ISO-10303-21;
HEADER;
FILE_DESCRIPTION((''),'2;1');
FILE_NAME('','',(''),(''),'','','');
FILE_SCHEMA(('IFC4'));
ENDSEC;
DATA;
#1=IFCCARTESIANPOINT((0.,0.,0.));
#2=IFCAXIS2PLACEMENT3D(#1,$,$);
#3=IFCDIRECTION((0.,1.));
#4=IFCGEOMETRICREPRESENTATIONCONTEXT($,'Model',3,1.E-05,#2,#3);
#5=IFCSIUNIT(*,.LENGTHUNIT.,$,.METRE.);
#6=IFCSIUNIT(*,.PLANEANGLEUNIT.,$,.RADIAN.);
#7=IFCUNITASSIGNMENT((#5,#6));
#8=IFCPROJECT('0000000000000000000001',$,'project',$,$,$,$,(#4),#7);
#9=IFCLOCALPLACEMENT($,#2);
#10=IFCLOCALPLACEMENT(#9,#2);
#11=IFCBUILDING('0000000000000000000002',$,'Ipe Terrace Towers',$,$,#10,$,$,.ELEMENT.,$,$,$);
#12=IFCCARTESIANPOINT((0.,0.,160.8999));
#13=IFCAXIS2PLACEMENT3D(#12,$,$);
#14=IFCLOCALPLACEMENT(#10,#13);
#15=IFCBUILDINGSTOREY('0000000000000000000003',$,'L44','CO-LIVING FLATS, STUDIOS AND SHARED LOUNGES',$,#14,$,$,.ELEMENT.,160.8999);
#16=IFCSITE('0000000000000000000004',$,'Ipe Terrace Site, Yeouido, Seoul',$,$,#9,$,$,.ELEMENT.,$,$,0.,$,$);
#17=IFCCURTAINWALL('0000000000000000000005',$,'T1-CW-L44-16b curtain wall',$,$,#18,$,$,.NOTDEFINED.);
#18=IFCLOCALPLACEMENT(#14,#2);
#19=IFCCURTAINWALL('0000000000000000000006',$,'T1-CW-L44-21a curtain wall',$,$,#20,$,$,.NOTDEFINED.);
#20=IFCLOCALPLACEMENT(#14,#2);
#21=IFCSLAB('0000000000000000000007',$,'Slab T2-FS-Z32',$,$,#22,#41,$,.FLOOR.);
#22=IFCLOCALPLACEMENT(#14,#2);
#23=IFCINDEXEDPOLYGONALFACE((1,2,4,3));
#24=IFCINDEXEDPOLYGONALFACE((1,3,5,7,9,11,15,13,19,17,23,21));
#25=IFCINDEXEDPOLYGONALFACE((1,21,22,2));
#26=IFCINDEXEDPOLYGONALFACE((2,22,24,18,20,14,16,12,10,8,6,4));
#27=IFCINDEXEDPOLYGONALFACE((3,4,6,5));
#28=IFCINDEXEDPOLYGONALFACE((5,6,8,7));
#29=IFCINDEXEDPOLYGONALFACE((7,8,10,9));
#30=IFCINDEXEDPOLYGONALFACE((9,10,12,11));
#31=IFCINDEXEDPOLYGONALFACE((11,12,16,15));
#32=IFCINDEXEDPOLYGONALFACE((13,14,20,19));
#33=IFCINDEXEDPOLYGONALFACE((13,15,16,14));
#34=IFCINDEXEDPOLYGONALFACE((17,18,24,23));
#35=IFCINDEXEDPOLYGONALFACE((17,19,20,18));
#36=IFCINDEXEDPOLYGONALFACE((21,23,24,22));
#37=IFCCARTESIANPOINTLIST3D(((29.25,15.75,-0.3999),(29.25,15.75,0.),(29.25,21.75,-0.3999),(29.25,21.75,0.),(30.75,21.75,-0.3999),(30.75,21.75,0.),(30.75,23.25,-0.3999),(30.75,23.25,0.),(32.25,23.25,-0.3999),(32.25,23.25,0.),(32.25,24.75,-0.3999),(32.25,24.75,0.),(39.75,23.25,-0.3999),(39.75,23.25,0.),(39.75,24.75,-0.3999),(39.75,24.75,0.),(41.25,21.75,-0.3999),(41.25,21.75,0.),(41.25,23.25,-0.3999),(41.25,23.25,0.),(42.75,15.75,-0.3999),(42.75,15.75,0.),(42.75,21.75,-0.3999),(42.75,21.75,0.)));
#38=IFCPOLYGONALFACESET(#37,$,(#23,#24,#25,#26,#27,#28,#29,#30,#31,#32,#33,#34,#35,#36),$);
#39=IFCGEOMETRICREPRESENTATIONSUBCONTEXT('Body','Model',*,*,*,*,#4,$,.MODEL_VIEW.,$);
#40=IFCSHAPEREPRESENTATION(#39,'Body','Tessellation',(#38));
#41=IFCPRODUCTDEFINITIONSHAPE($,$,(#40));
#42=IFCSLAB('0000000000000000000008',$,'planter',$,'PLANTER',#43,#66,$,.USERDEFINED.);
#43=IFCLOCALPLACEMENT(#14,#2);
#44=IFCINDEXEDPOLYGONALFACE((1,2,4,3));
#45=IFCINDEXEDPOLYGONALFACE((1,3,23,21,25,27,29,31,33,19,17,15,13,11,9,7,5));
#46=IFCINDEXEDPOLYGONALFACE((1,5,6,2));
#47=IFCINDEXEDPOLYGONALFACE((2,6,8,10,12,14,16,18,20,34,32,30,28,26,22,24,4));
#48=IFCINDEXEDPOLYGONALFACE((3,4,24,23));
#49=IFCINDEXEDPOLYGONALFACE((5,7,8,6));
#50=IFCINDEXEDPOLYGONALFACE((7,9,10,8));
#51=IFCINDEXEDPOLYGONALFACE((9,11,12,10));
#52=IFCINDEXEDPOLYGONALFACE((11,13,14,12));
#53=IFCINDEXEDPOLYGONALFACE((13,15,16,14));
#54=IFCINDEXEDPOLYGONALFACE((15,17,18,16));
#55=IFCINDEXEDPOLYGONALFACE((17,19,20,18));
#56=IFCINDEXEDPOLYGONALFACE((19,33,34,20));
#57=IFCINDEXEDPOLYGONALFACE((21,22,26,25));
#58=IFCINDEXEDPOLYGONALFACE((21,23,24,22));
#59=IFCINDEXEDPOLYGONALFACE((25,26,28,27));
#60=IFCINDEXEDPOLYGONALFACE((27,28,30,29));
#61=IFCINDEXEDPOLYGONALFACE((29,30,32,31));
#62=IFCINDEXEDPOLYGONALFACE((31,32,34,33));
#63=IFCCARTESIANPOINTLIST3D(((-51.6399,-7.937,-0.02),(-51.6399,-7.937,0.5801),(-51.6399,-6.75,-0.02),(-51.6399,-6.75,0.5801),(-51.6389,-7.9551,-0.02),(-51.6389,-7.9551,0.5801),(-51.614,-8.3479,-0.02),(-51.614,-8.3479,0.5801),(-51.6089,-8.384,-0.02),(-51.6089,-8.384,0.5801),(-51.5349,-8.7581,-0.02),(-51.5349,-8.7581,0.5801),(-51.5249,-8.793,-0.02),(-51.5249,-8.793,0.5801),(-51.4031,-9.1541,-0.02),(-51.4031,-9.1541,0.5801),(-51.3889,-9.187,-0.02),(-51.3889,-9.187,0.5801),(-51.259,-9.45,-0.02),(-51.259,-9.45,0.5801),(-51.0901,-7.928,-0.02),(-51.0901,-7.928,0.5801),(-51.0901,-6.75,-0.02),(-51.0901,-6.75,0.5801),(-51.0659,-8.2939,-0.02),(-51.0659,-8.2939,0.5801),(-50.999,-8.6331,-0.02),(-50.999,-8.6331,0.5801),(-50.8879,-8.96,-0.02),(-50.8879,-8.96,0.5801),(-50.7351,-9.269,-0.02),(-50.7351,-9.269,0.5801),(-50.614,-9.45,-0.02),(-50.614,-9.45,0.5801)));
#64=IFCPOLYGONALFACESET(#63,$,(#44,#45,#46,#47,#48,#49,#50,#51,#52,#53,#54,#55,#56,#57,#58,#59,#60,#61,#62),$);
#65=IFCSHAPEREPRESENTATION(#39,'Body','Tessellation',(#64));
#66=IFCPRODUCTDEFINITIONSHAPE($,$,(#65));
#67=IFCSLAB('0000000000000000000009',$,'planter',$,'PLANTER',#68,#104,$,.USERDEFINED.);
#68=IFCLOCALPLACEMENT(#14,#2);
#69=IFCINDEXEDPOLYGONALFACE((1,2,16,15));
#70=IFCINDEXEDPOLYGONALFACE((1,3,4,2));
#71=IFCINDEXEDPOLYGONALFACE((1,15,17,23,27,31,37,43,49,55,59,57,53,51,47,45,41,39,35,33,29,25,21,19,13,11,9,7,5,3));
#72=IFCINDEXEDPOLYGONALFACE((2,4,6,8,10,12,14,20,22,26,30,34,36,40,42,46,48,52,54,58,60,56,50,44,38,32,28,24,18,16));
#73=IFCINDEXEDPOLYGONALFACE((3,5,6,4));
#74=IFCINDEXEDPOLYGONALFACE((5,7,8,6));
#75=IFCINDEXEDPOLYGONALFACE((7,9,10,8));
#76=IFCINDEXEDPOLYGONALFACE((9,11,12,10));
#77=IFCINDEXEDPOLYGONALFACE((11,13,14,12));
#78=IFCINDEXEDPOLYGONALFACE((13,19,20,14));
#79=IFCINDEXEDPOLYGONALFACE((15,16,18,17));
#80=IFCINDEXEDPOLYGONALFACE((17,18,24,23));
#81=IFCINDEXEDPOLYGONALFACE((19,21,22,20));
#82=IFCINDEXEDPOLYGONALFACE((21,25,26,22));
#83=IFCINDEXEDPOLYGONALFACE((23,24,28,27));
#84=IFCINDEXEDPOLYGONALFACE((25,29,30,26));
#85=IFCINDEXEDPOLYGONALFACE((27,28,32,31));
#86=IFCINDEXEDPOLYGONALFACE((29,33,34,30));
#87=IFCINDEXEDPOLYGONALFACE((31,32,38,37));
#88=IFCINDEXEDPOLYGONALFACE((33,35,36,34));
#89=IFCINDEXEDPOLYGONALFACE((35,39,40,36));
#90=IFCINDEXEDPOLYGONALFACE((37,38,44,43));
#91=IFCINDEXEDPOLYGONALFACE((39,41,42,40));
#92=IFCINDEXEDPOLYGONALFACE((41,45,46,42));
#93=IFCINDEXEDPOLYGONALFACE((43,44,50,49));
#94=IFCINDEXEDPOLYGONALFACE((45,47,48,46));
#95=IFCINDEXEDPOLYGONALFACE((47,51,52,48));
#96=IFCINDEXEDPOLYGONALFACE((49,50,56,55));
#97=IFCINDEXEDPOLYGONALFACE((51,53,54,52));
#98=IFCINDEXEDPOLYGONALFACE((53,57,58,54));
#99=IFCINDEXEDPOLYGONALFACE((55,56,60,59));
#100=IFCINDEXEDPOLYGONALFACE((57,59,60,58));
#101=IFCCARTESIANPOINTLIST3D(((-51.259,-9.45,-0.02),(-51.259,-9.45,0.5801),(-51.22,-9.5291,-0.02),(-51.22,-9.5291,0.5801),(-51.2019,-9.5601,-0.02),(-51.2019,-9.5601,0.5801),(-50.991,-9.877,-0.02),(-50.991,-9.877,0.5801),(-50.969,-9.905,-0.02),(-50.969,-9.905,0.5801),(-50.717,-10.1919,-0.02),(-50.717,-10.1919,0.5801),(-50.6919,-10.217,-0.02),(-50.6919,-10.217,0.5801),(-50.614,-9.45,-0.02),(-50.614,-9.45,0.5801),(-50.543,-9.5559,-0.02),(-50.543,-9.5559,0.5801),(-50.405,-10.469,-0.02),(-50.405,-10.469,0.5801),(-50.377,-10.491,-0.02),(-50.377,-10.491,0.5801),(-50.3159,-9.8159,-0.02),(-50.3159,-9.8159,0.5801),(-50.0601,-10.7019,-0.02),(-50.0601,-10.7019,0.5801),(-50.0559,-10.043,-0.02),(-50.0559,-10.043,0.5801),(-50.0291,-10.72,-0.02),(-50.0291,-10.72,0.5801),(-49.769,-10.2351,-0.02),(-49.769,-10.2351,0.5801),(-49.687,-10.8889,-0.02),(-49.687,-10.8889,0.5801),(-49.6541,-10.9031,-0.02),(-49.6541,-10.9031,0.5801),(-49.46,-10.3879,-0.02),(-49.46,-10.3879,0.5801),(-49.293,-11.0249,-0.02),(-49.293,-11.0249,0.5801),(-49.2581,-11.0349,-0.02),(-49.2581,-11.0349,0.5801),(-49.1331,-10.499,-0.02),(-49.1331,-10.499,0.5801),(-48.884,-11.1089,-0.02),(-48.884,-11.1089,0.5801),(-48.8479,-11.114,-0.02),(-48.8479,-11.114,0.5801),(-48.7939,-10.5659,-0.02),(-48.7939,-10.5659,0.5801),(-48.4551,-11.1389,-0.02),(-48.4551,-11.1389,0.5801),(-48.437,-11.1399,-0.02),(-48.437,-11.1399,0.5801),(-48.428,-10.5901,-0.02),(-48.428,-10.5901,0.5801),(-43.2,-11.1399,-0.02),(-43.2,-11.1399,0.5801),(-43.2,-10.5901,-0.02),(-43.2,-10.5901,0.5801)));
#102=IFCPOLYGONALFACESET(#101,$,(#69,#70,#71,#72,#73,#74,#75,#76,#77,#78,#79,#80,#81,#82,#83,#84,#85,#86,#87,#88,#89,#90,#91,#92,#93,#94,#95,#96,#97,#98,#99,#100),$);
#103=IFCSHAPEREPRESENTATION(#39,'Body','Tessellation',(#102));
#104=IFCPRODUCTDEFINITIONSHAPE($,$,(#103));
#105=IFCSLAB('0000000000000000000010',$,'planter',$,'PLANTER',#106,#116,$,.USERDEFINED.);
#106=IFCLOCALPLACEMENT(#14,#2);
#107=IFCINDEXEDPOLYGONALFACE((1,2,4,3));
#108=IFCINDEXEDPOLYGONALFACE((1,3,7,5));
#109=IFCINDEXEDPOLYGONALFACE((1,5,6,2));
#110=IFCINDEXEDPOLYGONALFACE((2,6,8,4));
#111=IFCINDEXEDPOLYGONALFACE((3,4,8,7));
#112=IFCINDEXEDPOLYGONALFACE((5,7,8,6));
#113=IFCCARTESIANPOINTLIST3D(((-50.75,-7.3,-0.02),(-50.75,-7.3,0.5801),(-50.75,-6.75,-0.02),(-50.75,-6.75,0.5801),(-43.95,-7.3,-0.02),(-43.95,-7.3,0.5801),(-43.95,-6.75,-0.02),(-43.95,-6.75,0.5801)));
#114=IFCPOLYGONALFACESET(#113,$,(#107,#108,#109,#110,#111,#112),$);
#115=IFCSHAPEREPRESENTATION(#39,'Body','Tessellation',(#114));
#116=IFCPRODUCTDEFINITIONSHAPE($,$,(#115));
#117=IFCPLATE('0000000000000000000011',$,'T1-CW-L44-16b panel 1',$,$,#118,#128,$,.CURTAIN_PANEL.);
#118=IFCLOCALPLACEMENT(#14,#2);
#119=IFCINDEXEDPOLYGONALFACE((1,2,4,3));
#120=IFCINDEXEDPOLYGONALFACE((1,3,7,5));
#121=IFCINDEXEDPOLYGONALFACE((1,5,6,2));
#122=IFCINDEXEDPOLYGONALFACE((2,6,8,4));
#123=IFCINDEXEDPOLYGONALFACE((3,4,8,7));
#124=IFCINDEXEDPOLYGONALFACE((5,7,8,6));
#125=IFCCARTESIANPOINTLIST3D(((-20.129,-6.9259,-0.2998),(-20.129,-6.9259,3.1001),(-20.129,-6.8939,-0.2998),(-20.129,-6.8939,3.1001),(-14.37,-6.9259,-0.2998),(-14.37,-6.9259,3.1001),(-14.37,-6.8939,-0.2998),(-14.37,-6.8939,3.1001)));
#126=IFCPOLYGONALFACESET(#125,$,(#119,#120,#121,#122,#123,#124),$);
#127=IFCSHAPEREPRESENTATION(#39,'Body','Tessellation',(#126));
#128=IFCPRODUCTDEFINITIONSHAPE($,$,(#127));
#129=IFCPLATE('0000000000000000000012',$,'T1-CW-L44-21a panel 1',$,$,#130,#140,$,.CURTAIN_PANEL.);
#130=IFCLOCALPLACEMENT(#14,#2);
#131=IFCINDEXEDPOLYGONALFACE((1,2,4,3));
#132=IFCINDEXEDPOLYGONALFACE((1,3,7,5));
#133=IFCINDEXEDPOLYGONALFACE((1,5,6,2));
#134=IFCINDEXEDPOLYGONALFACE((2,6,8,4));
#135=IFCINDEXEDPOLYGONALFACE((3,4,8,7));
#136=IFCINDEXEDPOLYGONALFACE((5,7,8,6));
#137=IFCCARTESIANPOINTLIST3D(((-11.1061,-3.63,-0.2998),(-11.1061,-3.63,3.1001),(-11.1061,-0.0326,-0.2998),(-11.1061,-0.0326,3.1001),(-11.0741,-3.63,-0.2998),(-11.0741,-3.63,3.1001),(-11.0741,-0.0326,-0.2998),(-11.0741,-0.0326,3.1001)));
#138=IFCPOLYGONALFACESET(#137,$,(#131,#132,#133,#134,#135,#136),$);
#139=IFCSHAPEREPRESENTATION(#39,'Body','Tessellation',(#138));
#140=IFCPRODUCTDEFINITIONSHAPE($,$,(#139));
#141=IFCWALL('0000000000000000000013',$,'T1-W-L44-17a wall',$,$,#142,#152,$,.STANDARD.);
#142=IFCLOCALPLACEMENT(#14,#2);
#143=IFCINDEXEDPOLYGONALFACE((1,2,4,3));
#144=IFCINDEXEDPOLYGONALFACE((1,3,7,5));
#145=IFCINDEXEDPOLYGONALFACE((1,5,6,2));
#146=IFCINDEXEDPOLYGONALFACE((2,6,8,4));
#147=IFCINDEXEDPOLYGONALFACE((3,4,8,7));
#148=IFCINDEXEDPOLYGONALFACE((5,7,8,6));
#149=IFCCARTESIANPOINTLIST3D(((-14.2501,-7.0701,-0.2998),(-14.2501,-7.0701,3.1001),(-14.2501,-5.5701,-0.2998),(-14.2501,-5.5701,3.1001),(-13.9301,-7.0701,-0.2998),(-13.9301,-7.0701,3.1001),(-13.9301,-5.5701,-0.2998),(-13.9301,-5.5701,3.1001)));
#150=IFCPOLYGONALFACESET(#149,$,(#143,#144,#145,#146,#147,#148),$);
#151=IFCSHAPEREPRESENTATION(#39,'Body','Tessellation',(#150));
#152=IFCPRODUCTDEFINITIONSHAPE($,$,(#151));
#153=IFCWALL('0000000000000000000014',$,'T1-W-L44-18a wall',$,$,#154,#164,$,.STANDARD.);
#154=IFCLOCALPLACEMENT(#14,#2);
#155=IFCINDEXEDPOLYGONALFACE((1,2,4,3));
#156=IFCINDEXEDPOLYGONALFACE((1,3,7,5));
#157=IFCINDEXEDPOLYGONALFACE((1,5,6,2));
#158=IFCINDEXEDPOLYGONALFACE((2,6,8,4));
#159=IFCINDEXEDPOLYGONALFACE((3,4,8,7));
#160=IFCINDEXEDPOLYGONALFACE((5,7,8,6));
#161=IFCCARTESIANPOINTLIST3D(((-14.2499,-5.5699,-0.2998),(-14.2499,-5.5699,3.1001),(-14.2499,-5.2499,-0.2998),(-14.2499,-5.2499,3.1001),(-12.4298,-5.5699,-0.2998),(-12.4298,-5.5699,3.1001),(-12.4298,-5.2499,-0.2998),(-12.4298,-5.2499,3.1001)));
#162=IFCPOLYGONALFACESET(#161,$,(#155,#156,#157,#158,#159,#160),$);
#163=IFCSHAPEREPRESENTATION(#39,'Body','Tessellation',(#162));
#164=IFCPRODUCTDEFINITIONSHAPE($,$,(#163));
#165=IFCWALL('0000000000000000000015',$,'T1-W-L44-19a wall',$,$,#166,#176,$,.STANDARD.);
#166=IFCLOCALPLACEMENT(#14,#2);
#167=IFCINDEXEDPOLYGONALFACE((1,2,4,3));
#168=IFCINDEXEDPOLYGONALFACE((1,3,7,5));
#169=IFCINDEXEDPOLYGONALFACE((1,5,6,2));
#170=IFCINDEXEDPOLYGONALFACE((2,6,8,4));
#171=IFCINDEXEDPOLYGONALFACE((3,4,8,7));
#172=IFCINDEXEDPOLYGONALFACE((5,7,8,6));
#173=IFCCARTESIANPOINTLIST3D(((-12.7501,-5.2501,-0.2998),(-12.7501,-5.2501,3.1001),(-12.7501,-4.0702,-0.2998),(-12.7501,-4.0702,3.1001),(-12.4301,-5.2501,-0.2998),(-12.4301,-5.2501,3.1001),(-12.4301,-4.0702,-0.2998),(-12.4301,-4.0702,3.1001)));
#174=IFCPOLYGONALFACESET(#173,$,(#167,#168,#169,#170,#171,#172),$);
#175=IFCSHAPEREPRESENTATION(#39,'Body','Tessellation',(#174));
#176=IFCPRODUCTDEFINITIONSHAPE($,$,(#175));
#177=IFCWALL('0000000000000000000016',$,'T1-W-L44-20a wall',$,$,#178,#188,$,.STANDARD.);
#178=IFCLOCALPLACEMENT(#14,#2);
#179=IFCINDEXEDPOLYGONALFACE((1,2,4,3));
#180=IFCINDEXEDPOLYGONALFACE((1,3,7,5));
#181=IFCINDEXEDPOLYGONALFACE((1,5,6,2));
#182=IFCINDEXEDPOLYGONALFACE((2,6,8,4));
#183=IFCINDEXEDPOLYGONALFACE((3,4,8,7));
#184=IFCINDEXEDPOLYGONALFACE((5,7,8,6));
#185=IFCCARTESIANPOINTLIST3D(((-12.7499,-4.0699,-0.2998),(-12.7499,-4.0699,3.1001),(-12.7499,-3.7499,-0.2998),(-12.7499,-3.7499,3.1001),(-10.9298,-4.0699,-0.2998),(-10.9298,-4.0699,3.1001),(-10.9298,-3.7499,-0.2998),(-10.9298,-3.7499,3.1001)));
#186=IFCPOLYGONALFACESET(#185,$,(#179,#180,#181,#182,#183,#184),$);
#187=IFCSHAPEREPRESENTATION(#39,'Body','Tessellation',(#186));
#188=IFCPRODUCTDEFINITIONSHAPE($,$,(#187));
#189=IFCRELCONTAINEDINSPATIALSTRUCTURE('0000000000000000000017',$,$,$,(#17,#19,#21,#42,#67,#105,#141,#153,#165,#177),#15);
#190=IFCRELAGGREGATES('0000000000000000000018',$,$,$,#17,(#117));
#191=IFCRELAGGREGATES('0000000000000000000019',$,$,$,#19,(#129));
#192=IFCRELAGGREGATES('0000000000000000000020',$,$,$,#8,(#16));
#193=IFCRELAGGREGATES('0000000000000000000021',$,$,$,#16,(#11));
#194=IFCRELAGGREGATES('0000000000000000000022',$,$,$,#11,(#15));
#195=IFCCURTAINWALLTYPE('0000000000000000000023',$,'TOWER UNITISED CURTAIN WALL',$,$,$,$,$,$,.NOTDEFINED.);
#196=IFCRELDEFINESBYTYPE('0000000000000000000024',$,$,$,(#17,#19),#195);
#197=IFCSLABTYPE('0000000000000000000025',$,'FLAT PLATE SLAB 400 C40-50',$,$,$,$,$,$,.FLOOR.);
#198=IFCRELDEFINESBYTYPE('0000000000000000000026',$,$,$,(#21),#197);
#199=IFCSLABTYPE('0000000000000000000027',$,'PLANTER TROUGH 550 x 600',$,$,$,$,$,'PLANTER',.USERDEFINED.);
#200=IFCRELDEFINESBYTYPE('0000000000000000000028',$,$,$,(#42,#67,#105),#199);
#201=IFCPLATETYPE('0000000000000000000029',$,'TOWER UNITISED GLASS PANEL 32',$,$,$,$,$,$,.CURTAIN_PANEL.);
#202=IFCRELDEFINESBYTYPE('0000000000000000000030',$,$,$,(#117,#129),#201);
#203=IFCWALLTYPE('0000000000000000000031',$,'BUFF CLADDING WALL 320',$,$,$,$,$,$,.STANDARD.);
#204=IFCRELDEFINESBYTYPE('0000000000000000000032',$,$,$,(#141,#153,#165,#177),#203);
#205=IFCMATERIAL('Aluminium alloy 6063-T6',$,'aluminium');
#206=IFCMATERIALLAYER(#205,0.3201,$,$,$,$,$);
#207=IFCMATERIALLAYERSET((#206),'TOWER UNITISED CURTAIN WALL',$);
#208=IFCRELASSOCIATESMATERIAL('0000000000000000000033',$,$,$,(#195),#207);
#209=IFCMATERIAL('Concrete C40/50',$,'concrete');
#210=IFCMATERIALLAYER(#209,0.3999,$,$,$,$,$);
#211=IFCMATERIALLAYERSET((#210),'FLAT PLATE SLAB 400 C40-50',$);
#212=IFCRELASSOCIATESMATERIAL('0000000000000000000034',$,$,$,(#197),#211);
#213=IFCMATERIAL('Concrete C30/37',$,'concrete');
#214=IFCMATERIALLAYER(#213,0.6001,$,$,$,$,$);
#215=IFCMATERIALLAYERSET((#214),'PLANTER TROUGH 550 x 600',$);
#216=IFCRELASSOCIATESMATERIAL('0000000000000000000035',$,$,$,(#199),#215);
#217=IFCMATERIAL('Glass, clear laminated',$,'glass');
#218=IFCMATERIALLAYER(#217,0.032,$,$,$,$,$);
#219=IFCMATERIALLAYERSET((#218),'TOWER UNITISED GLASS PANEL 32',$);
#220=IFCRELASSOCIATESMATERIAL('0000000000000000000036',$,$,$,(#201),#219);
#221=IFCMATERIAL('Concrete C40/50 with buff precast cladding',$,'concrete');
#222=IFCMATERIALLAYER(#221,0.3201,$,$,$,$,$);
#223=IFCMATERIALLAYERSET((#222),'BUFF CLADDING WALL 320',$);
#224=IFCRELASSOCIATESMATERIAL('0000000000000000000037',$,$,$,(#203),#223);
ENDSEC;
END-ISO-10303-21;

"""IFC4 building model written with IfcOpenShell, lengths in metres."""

from ifc_helpers import new_model, si_unit, direction, frame, frame_2d, origin, origin_2d, place, context, subcontext, project, spatial, polyline, rectangle, outline, extrude, material, layer, layer_set, type_object, element, aggregate, save


model = new_model("IFC4")

# Units and contexts
model_context = context("Model", 3, precision=1e-05, world=origin(), true_north=direction((0.0, 1.0)))
body_context = subcontext(model_context, "Body", "Model", "MODEL_VIEW")
ifc_project = project(units=[si_unit("LENGTHUNIT", "METRE"), si_unit("PLANEANGLEUNIT", "RADIAN")], contexts=[model_context])

# Site, building, storey
site_placement = place(None, origin())
site = spatial("IfcSite", under=ifc_project, at=site_placement, Name="Ipe Terrace Site, Yeouido, Seoul", CompositionType="ELEMENT", RefElevation=0.0)
building_placement = place(site_placement, origin())
building = spatial("IfcBuilding", under=site, at=building_placement, Name="Ipe Terrace Towers", CompositionType="ELEMENT")
storey_placement = place(building_placement, frame((0.0, 0.0, 160.8999)))
storey = spatial("IfcBuildingStorey", under=building, at=storey_placement, Name="L44", Description="CO-LIVING FLATS, STUDIOS AND SHARED LOUNGES", CompositionType="ELEMENT", Elevation=160.8999)

# Curtain walls
ifc_material_1 = material(Name="Aluminium alloy 6063-T6", Category="aluminium")
ifc_layer_1 = layer(ifc_material_1, 0.3201)
ifc_layer_set_1 = layer_set([ifc_layer_1], Name="TOWER UNITISED CURTAIN WALL")
curtain_wall_type = type_object("IfcCurtainWallType", Name="TOWER UNITISED CURTAIN WALL", PredefinedType="NOTDEFINED", material=ifc_layer_set_1)
curtain_wall_1_placement = place(storey_placement, origin())
curtain_wall_1 = element("IfcCurtainWall", 1, at=curtain_wall_1_placement, inside=storey, type_object=curtain_wall_type, Name="T1-CW-L44-16b curtain wall", PredefinedType="NOTDEFINED")
curtain_wall_2_placement = place(storey_placement, origin())
curtain_wall_2 = element("IfcCurtainWall", 2, at=curtain_wall_2_placement, inside=storey, type_object=curtain_wall_type, Name="T1-CW-L44-21a curtain wall", PredefinedType="NOTDEFINED")

# Slabs
ifc_material_2 = material(Name="Concrete C40/50", Category="concrete")
ifc_layer_2 = layer(ifc_material_2, 0.3999)
ifc_layer_set_2 = layer_set([ifc_layer_2], Name="FLAT PLATE SLAB 400 C40-50")
slab_type_1 = type_object("IfcSlabType", Name="FLAT PLATE SLAB 400 C40-50", PredefinedType="FLOOR", material=ifc_layer_set_2)
slab_1_placement = place(storey_placement, frame((0.0, 0.0, -0.3999)))
element("IfcSlab", 3, at=slab_1_placement, inside=storey, type_object=slab_type_1, Name="Slab T2-FS-Z32", PredefinedType="FLOOR", context=body_context, shape_type="SweptSolid", body=[
    extrude(outline(polyline([(30.75, 21.75), (30.75, 23.25), (32.25, 23.25), (32.25, 24.75), (39.75, 24.75), (39.75, 23.25), (41.25, 23.25), (41.25, 21.75), (42.75, 21.75), (42.75, 15.75), (29.25, 15.75), (29.25, 21.75), (30.75, 21.75)])), origin(), (0.0, 0.0, 1.0), 0.3999),
])
ifc_material_3 = material(Name="Concrete C30/37", Category="concrete")
ifc_layer_3 = layer(ifc_material_3, 0.6001)
ifc_layer_set_3 = layer_set([ifc_layer_3], Name="PLANTER TROUGH 550 x 600")
slab_type_2 = type_object("IfcSlabType", Name="PLANTER TROUGH 550 x 600", ElementType="PLANTER", PredefinedType="USERDEFINED", material=ifc_layer_set_3)
slab_2_placement = place(storey_placement, frame((0.0, 0.0, -0.02)))
element("IfcSlab", 4, at=slab_2_placement, inside=storey, type_object=slab_type_2, Name="planter", ObjectType="PLANTER", PredefinedType="USERDEFINED", context=body_context, shape_type="SweptSolid", body=[
    extrude(outline(polyline([(-50.999, -8.6331), (-51.0659, -8.2939), (-51.0901, -7.928), (-51.0901, -6.75), (-51.6399, -6.75), (-51.6399, -7.937), (-51.6389, -7.9551), (-51.614, -8.3479), (-51.6089, -8.384), (-51.5349, -8.7581), (-51.5249, -8.793), (-51.4031, -9.1541), (-51.3889, -9.187), (-51.259, -9.45), (-50.614, -9.45), (-50.7351, -9.269), (-50.8879, -8.96), (-50.999, -8.6331)])), origin(), (0.0, 0.0, 1.0), 0.6001),
])
slab_3_placement = place(storey_placement, frame((0.0, 0.0, -0.02)))
element("IfcSlab", 5, at=slab_3_placement, inside=storey, type_object=slab_type_2, Name="planter", ObjectType="PLANTER", PredefinedType="USERDEFINED", context=body_context, shape_type="SweptSolid", body=[
    extrude(outline(polyline([(-50.543, -9.5559), (-50.614, -9.45), (-51.259, -9.45), (-51.22, -9.5291), (-51.2019, -9.5601), (-50.991, -9.877), (-50.969, -9.905), (-50.717, -10.1919), (-50.6919, -10.217), (-50.405, -10.469), (-50.377, -10.491), (-50.0601, -10.7019), (-50.0291, -10.72), (-49.687, -10.8889), (-49.6541, -10.9031), (-49.293, -11.0249), (-49.2581, -11.0349), (-48.884, -11.1089), (-48.8479, -11.114), (-48.4551, -11.1389), (-48.437, -11.1399), (-43.2, -11.1399), (-43.2, -10.5901), (-48.428, -10.5901), (-48.7939, -10.5659), (-49.1331, -10.499), (-49.46, -10.3879), (-49.769, -10.2351), (-50.0559, -10.043), (-50.3159, -9.8159), (-50.543, -9.5559)])), origin(), (0.0, 0.0, 1.0), 0.6001),
])
slab_4_placement = place(storey_placement, frame((0.0, 0.0, -0.02)))
element("IfcSlab", 6, at=slab_4_placement, inside=storey, type_object=slab_type_2, Name="planter", ObjectType="PLANTER", PredefinedType="USERDEFINED", context=body_context, shape_type="SweptSolid", body=[
    extrude(outline(polyline([(-43.95, -6.75), (-50.75, -6.75), (-50.75, -7.3), (-43.95, -7.3), (-43.95, -6.75)])), origin(), (0.0, 0.0, 1.0), 0.6001),
])

# Plates
ifc_material_4 = material(Name="Glass, clear laminated", Category="glass")
ifc_layer_4 = layer(ifc_material_4, 0.032)
ifc_layer_set_4 = layer_set([ifc_layer_4], Name="TOWER UNITISED GLASS PANEL 32")
plate_type = type_object("IfcPlateType", Name="TOWER UNITISED GLASS PANEL 32", PredefinedType="CURTAIN_PANEL", material=ifc_layer_set_4)
plate_1_placement = place(storey_placement, frame((-17.2495, -6.9099, -0.2998), z_axis=(0.0, 0.0, 1.0), x_axis=(1.0, 0.0, 0.0)))
plate_1 = element("IfcPlate", 7, at=plate_1_placement, type_object=plate_type, Name="T1-CW-L44-16b panel 1", PredefinedType="CURTAIN_PANEL", context=body_context, shape_type="SweptSolid", body=[
    extrude(rectangle(XDim=5.759, YDim=0.032, at=origin_2d()), origin(), (0.0, 0.0, 1.0), 3.3999),
])
aggregate(curtain_wall_1, [plate_1])
plate_2_placement = place(storey_placement, frame((-11.0901, -1.8313, -0.2998), z_axis=(0.0, 0.0, 1.0), x_axis=(0.0, 1.0, 0.0)))
plate_2 = element("IfcPlate", 8, at=plate_2_placement, type_object=plate_type, Name="T1-CW-L44-21a panel 1", PredefinedType="CURTAIN_PANEL", context=body_context, shape_type="SweptSolid", body=[
    extrude(rectangle(XDim=3.5974, YDim=0.032, at=origin_2d()), origin(), (0.0, 0.0, 1.0), 3.3999),
])
aggregate(curtain_wall_2, [plate_2])

# Walls
ifc_material_5 = material(Name="Concrete C40/50 with buff precast cladding", Category="concrete")
ifc_layer_5 = layer(ifc_material_5, 0.3201)
ifc_layer_set_5 = layer_set([ifc_layer_5], Name="BUFF CLADDING WALL 320")
wall_type_1 = type_object("IfcWallType", Name="BUFF CLADDING WALL 320", PredefinedType="STANDARD", material=ifc_layer_set_5)
wall_1_placement = place(storey_placement, frame((-14.0901, -7.0701, -0.2998), z_axis=(0.0, 0.0, 1.0), x_axis=(0.0, 1.0, 0.0)))
element("IfcWall", 9, at=wall_1_placement, inside=storey, type_object=wall_type_1, Name="T1-W-L44-17a wall", PredefinedType="STANDARD", context=body_context, shape_type="SweptSolid", body=[
    extrude(rectangle(XDim=1.5, YDim=0.3201, at=frame_2d((0.75, 0.0))), origin(), (0.0, 0.0, 1.0), 3.3999),
])
wall_2_placement = place(storey_placement, frame((-14.25, -5.4099, -0.2998), z_axis=(0.0, 0.0, 1.0), x_axis=(1.0, 0.0, 0.0)))
element("IfcWall", 10, at=wall_2_placement, inside=storey, type_object=wall_type_1, Name="T1-W-L44-18a wall", PredefinedType="STANDARD", context=body_context, shape_type="SweptSolid", body=[
    extrude(rectangle(XDim=1.8201, YDim=0.3201, at=frame_2d((0.9102, 0.0))), origin(), (0.0, 0.0, 1.0), 3.3999),
])
wall_3_placement = place(storey_placement, frame((-12.5901, -5.25, -0.2998), z_axis=(0.0, 0.0, 1.0), x_axis=(0.0, 1.0, 0.0)))
element("IfcWall", 11, at=wall_3_placement, inside=storey, type_object=wall_type_1, Name="T1-W-L44-19a wall", PredefinedType="STANDARD", context=body_context, shape_type="SweptSolid", body=[
    extrude(rectangle(XDim=1.1799, YDim=0.3201, at=frame_2d((0.5898, 0.0))), origin(), (0.0, 0.0, 1.0), 3.3999),
])
wall_4_placement = place(storey_placement, frame((-12.75, -3.9099, -0.2998), z_axis=(0.0, 0.0, 1.0), x_axis=(1.0, 0.0, 0.0)))
element("IfcWall", 12, at=wall_4_placement, inside=storey, type_object=wall_type_1, Name="T1-W-L44-20a wall", PredefinedType="STANDARD", context=body_context, shape_type="SweptSolid", body=[
    extrude(rectangle(XDim=1.8201, YDim=0.3201, at=frame_2d((0.9102, 0.0))), origin(), (0.0, 0.0, 1.0), 3.3999),
])

save(model, "model.ifc")
